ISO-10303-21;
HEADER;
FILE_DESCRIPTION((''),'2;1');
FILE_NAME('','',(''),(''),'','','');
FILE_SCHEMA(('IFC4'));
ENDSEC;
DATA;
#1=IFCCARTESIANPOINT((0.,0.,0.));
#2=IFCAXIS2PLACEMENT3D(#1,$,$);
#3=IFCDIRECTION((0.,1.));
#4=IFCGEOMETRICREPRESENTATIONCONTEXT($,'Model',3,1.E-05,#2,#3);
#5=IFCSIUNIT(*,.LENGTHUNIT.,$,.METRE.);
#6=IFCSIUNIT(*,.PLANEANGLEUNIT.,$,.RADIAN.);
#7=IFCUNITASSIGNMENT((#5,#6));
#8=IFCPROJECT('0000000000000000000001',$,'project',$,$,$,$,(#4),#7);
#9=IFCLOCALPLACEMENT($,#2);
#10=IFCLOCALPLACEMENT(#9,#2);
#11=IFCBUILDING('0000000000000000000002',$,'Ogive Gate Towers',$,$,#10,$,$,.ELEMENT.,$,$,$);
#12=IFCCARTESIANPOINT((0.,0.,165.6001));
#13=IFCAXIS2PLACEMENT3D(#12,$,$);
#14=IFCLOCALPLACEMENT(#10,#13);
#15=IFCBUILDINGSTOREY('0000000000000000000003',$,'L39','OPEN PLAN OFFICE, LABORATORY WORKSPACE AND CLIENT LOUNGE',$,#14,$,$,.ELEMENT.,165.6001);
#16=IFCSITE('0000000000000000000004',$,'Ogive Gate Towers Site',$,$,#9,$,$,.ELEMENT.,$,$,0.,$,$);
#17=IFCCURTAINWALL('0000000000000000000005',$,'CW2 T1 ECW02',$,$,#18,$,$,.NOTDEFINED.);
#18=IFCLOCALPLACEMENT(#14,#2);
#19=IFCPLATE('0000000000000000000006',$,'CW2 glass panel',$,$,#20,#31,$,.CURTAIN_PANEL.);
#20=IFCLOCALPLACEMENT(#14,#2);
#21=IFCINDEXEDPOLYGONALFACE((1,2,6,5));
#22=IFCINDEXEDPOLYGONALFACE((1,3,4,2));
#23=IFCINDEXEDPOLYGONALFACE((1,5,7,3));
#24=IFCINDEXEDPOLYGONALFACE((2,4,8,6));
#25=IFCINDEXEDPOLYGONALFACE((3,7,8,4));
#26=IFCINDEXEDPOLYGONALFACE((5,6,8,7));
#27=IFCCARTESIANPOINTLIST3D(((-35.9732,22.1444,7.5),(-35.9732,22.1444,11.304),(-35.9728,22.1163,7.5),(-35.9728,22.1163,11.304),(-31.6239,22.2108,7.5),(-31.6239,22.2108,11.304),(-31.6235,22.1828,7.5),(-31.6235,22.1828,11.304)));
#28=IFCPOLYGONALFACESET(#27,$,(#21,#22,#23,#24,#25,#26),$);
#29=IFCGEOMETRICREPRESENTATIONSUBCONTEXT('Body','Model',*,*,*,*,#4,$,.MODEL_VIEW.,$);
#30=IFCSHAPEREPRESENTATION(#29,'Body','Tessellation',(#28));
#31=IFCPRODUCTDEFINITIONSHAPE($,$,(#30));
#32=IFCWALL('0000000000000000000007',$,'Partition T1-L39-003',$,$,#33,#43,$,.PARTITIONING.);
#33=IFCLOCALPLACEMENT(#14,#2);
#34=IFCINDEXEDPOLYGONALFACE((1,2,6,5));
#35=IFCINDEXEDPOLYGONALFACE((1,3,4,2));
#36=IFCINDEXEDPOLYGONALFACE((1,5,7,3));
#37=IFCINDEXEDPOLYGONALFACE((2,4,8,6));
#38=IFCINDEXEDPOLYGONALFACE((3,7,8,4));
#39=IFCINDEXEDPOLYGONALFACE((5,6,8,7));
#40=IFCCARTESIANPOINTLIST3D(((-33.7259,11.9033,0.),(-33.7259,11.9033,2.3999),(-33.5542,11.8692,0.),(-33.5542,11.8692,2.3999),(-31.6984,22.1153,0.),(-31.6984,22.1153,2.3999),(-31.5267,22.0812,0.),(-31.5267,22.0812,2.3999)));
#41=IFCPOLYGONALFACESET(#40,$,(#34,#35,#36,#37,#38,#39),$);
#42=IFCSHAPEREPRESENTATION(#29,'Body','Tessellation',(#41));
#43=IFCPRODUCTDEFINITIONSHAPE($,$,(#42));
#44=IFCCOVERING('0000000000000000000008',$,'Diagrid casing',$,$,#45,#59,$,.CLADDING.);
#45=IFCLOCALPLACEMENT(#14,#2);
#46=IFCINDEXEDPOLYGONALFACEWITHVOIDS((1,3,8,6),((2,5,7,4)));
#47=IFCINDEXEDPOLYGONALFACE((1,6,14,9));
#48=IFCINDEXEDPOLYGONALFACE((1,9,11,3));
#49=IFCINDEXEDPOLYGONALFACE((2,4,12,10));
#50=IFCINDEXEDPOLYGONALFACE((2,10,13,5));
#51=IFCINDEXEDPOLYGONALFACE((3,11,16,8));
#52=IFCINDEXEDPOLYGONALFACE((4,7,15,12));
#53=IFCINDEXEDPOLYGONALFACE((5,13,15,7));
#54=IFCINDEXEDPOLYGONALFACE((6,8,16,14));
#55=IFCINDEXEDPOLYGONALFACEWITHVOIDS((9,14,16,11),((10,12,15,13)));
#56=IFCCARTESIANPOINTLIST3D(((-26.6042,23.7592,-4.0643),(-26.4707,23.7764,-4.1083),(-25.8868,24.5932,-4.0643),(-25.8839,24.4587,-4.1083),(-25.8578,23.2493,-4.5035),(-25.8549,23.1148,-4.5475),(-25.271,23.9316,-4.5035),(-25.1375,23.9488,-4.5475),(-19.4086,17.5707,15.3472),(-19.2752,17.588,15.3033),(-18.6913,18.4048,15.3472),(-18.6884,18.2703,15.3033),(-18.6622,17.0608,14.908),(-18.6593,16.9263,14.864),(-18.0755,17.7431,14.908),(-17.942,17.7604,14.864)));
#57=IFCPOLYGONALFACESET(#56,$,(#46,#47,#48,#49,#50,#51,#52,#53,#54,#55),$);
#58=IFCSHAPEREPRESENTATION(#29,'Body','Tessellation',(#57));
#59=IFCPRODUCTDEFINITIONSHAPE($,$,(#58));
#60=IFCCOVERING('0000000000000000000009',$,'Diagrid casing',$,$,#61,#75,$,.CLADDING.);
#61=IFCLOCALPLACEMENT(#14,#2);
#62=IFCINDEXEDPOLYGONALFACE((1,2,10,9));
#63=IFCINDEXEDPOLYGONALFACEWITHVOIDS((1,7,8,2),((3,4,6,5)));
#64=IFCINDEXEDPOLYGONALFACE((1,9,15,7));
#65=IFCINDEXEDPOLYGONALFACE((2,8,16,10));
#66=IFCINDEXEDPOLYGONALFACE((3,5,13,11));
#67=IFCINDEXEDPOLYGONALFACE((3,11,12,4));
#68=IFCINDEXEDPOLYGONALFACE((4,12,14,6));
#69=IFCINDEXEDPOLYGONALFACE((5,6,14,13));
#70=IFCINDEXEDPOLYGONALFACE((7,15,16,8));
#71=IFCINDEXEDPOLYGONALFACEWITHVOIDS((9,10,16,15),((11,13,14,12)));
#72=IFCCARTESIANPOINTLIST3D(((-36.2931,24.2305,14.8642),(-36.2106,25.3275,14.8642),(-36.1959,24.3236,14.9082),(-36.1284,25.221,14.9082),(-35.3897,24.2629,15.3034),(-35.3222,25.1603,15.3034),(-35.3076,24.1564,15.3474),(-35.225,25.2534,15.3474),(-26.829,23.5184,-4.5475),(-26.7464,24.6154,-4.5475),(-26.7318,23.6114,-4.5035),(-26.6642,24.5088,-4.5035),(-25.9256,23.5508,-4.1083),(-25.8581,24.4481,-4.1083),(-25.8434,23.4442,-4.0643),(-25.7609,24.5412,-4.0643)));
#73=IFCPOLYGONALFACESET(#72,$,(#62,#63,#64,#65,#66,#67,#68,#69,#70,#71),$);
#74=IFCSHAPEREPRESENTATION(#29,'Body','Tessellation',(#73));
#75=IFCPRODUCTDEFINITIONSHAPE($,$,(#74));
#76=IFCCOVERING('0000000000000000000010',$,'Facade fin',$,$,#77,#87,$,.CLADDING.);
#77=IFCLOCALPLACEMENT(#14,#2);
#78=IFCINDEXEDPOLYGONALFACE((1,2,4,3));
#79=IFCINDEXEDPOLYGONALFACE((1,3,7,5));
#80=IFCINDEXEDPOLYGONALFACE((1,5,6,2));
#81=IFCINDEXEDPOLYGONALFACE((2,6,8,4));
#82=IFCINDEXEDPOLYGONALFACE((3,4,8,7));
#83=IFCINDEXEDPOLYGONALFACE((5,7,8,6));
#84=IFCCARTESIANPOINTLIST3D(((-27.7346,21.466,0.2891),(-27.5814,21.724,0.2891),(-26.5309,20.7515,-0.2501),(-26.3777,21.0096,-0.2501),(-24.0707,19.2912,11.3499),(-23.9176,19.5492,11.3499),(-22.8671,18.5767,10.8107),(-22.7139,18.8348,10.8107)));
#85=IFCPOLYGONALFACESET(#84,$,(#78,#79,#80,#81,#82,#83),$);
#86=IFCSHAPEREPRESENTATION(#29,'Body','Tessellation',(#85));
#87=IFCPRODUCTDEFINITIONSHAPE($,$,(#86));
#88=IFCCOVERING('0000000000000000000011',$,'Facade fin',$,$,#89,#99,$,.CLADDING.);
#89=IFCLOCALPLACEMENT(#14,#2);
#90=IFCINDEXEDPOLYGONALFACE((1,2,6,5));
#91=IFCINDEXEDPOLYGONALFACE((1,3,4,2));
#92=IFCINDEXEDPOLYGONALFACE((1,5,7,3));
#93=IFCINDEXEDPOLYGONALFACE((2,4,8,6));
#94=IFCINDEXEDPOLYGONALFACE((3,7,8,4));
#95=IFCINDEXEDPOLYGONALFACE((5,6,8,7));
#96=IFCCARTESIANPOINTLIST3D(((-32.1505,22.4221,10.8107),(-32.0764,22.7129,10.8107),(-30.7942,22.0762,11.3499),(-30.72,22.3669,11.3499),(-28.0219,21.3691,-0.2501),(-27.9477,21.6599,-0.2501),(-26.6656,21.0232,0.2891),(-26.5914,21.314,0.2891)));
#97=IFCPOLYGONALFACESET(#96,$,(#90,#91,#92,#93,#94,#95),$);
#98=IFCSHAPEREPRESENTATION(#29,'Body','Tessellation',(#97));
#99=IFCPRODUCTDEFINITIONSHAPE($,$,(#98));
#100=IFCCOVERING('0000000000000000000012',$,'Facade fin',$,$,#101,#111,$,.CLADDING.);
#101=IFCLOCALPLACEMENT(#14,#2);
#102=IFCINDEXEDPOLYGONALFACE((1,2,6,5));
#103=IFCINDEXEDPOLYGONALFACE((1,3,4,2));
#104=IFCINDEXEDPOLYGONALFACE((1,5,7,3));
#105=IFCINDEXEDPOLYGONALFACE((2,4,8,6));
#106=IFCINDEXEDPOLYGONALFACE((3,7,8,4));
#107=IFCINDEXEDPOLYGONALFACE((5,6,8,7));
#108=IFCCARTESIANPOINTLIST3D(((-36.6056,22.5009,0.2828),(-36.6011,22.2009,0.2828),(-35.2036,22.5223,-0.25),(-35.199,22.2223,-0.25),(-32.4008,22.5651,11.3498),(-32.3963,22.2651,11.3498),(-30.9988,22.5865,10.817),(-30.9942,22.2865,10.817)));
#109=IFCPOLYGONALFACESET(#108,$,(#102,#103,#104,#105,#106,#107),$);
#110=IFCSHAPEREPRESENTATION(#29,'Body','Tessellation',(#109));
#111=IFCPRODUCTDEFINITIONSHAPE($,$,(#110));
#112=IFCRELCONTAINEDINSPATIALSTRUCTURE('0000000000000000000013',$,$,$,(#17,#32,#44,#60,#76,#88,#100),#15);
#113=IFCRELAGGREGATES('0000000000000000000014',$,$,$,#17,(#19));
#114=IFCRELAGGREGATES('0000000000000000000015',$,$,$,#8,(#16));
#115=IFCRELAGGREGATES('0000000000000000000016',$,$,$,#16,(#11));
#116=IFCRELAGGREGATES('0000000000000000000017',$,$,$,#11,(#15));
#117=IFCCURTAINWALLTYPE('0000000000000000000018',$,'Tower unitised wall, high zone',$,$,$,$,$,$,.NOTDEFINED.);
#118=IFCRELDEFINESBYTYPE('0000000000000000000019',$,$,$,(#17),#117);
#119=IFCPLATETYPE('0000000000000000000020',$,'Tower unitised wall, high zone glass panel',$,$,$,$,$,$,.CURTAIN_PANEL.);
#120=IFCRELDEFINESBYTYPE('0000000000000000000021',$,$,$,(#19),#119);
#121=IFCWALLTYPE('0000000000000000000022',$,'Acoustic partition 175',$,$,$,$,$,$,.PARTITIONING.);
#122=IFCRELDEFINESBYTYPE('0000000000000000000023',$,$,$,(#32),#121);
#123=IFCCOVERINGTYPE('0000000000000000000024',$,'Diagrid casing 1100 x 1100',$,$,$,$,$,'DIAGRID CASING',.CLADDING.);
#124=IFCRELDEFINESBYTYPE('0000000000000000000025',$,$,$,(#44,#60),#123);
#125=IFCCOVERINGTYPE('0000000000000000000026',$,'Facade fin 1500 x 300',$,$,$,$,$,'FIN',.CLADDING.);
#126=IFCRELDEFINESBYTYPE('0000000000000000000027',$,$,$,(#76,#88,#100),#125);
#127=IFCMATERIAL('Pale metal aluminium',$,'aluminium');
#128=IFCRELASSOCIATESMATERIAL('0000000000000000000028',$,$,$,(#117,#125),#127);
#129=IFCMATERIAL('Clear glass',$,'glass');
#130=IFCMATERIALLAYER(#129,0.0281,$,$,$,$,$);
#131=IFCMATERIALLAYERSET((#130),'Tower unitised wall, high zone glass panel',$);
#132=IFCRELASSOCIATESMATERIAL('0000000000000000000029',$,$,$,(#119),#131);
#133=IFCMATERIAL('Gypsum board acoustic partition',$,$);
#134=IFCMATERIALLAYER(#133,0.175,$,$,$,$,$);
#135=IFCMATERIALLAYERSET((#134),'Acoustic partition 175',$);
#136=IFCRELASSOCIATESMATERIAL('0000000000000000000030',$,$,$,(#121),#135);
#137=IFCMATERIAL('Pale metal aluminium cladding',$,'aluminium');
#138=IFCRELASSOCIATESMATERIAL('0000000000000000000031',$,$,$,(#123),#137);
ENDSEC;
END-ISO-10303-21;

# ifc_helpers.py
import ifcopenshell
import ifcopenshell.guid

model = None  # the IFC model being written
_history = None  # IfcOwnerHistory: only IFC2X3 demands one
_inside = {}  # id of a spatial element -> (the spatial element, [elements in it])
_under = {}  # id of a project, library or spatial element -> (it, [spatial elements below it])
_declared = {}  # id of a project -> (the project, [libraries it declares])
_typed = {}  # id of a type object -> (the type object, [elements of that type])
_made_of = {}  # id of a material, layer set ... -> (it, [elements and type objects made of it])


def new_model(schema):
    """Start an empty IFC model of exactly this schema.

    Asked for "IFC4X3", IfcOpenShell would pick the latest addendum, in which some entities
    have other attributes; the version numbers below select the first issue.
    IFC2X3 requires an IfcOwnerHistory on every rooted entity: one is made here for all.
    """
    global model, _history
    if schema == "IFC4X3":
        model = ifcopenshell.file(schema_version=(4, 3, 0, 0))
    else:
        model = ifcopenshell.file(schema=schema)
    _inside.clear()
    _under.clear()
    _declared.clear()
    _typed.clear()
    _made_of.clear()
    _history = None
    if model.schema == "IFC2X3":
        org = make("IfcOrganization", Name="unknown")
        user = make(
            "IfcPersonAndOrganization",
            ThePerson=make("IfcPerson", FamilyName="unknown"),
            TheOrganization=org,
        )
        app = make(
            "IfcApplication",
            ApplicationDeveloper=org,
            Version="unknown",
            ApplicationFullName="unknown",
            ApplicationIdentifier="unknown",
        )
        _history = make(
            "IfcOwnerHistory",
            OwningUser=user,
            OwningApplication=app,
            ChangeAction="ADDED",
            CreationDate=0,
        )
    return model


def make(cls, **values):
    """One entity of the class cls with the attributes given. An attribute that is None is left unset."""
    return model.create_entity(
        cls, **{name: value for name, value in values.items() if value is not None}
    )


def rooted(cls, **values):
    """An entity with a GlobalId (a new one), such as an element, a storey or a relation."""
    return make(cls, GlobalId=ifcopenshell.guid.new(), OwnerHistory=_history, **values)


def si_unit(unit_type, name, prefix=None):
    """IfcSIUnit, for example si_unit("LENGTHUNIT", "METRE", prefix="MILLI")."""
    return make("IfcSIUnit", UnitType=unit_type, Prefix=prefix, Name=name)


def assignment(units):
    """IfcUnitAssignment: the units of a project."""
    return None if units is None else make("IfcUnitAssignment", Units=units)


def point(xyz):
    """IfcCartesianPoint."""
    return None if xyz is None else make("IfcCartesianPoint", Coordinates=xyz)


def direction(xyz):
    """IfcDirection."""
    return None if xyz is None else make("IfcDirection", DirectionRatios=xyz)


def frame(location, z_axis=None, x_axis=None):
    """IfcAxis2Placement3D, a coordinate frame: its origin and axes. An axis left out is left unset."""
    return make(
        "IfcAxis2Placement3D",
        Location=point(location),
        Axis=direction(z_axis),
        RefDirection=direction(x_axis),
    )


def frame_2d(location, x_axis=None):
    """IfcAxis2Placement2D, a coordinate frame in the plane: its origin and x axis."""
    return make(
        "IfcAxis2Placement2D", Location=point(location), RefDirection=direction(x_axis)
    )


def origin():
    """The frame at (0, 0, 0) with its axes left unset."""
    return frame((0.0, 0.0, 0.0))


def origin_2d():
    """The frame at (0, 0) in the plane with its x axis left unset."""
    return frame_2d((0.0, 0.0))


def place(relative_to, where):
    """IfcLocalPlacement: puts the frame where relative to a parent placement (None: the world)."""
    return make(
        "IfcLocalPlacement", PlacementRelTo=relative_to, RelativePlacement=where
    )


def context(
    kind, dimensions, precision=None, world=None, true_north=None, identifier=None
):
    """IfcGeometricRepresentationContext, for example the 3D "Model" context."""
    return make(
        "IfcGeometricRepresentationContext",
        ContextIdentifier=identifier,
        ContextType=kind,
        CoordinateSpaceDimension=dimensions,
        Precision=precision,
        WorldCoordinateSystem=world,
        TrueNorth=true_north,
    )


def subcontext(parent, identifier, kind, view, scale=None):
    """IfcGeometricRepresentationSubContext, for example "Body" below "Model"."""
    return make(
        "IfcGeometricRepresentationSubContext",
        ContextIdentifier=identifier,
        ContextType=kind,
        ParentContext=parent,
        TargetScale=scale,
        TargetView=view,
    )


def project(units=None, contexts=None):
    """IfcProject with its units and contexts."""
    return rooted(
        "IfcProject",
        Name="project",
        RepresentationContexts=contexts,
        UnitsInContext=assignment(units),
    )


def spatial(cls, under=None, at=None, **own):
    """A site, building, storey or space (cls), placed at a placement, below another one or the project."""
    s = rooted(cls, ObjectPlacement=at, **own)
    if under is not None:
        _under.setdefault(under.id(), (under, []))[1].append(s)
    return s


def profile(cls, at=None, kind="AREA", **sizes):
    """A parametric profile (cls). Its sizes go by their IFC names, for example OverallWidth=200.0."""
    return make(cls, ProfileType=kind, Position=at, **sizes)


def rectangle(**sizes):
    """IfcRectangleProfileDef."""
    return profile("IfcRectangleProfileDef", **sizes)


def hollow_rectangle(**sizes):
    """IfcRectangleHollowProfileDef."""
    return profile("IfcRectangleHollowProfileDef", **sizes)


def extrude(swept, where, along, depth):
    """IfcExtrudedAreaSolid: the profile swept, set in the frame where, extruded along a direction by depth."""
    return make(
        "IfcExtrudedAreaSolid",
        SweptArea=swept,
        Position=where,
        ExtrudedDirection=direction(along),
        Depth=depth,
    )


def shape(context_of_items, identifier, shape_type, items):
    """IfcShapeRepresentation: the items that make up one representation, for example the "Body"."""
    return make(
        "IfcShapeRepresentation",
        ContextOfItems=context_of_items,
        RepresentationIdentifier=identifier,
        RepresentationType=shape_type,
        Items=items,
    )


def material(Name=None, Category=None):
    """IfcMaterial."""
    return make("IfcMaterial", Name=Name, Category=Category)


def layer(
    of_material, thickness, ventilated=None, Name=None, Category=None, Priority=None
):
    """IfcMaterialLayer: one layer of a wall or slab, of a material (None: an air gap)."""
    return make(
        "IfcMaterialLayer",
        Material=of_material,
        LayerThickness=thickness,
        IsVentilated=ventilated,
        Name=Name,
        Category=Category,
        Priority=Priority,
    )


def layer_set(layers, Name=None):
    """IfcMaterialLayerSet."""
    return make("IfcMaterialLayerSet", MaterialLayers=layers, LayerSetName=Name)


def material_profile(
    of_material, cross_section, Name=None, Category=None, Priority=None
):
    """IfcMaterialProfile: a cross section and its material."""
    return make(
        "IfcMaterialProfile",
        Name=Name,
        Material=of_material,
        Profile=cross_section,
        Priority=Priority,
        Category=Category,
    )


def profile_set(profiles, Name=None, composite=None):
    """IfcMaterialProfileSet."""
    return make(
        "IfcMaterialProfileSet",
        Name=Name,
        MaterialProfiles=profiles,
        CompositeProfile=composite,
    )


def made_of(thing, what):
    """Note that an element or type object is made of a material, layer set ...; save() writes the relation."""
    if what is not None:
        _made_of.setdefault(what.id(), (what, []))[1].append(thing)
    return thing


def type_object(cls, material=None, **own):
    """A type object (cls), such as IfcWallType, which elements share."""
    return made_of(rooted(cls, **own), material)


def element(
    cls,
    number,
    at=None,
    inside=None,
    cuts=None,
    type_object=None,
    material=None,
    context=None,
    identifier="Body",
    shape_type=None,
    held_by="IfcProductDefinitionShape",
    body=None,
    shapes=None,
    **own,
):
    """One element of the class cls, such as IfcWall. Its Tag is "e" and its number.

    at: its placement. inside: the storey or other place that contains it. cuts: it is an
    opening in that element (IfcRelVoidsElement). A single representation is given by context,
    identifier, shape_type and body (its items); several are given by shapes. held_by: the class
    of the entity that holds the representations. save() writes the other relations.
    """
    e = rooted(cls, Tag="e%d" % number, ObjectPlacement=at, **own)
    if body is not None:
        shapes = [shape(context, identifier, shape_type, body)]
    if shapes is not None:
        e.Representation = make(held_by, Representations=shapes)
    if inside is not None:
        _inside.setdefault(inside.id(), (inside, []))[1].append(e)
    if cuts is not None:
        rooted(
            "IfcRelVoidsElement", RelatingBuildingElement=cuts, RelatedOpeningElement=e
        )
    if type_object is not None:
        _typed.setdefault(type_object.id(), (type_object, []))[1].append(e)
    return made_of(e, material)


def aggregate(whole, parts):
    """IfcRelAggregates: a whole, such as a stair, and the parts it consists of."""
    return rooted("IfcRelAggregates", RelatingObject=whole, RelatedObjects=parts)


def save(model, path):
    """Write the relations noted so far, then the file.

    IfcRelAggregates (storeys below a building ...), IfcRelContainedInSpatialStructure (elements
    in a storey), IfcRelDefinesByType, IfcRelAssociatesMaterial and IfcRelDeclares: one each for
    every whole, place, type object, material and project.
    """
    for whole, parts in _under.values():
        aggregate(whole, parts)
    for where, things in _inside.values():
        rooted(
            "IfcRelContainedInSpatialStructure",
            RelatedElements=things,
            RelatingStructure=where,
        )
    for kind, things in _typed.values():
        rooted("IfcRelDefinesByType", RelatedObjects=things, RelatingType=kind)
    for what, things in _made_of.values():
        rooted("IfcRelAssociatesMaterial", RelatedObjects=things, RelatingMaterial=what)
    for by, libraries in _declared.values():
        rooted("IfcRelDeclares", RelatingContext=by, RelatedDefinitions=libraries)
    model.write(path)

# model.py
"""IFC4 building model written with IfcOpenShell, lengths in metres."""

from ifc_helpers import new_model, si_unit, direction, frame, frame_2d, origin, origin_2d, place, context, subcontext, project, spatial, rectangle, hollow_rectangle, extrude, material, layer, layer_set, material_profile, profile_set, type_object, element, aggregate, save


model = new_model("IFC4")

# Units and contexts
model_context = context("Model", 3, precision=1e-05, world=origin(), true_north=direction((0.0, 1.0)))
body_context = subcontext(model_context, "Body", "Model", "MODEL_VIEW")
ifc_project = project(units=[si_unit("LENGTHUNIT", "METRE"), si_unit("PLANEANGLEUNIT", "RADIAN")], contexts=[model_context])

# Site, building, storey
site_placement = place(None, origin())
site = spatial("IfcSite", under=ifc_project, at=site_placement, Name="Ogive Gate Towers Site", CompositionType="ELEMENT", RefElevation=0.0)
building_placement = place(site_placement, origin())
building = spatial("IfcBuilding", under=site, at=building_placement, Name="Ogive Gate Towers", CompositionType="ELEMENT")
storey_placement = place(building_placement, frame((0.0, 0.0, 165.6001)))
storey = spatial("IfcBuildingStorey", under=building, at=storey_placement, Name="L39", Description="OPEN PLAN OFFICE, LABORATORY WORKSPACE AND CLIENT LOUNGE", CompositionType="ELEMENT", Elevation=165.6001)

# Curtain wall, plate
ifc_material_1 = material(Name="Pale metal aluminium", Category="aluminium")
curtain_wall_type = type_object("IfcCurtainWallType", Name="Tower unitised wall, high zone", PredefinedType="NOTDEFINED", material=ifc_material_1)
curtain_wall_placement = place(storey_placement, origin())
curtain_wall = element("IfcCurtainWall", 1, at=curtain_wall_placement, inside=storey, type_object=curtain_wall_type, Name="CW2 T1 ECW02", PredefinedType="NOTDEFINED")
ifc_material_2 = material(Name="Clear glass", Category="glass")
ifc_layer_1 = layer(ifc_material_2, 0.0281)
ifc_layer_set_1 = layer_set([ifc_layer_1], Name="Tower unitised wall, high zone glass panel")
plate_type = type_object("IfcPlateType", Name="Tower unitised wall, high zone glass panel", PredefinedType="CURTAIN_PANEL", material=ifc_layer_set_1)
plate_1_placement = place(storey_placement, frame((-33.7983, 22.1636, 7.5), z_axis=(0.0, 0.0, 1.0), x_axis=(-0.999883, -0.015271, 0.0)))
plate_1 = element("IfcPlate", 2, at=plate_1_placement, type_object=plate_type, Name="CW2 glass panel", PredefinedType="CURTAIN_PANEL", context=body_context, shape_type="SweptSolid", body=[
    extrude(rectangle(XDim=4.3499, YDim=0.0281, at=origin_2d()), origin(), (0.0, 0.0, 1.0), 3.804),
])
aggregate(curtain_wall, [plate_1])

# Wall
ifc_material_3 = material(Name="Gypsum board acoustic partition")
ifc_layer_2 = layer(ifc_material_3, 0.175)
ifc_layer_set_2 = layer_set([ifc_layer_2], Name="Acoustic partition 175")
wall_type = type_object("IfcWallType", Name="Acoustic partition 175", PredefinedType="PARTITIONING", material=ifc_layer_set_2)
wall_placement = place(storey_placement, frame((-31.6125, 22.0981, 0.0), z_axis=(0.0, 0.0, 1.0), x_axis=(-0.194745, -0.980854, 0.0)))
element("IfcWall", 3, at=wall_placement, inside=storey, type_object=wall_type, Name="Partition T1-L39-003", PredefinedType="PARTITIONING", context=body_context, shape_type="SweptSolid", body=[
    extrude(rectangle(XDim=10.4114, YDim=0.175, at=frame_2d((5.2056, 0.0))), origin(), (0.0, 0.0, 1.0), 2.3999),
])

# Coverings
ifc_material_4 = material(Name="Pale metal aluminium cladding", Category="aluminium")
ifc_material_profile_1 = material_profile(ifc_material_4, hollow_rectangle(XDim=1.1001, YDim=1.1001, WallThickness=0.1001, at=origin_2d()), Name="1100 x 1100 pale metal casing")
ifc_profile_set_1 = profile_set([ifc_material_profile_1], Name="Pale metal aluminium cladding")
covering_type_1 = type_object("IfcCoveringType", Name="Diagrid casing 1100 x 1100", ElementType="DIAGRID CASING", PredefinedType="CLADDING", material=ifc_profile_set_1)
covering_1_placement = place(storey_placement, frame((-25.8708, 23.854, -4.3059), z_axis=(0.333012, -0.286404, 0.898374), x_axis=(0.652057, 0.75817, 0.0)))
element("IfcCovering", 4, at=covering_1_placement, inside=storey, type_object=covering_type_1, Name="Diagrid casing", PredefinedType="CLADDING", context=body_context, shape_type="SweptSolid", body=[
    extrude(hollow_rectangle(XDim=1.1001, YDim=1.1001, WallThickness=0.1001, at=origin_2d()), origin(), (0.0, 0.0, 1.0), 21.6074),
])
covering_2_placement = place(storey_placement, frame((-26.2949, 24.0298, -4.3059), z_axis=(-0.438, 0.032959, 0.898371), x_axis=(-0.075036, -0.997181, 0.0)))
element("IfcCovering", 5, at=covering_2_placement, inside=storey, type_object=covering_type_1, Name="Diagrid casing", PredefinedType="CLADDING", context=body_context, shape_type="SweptSolid", body=[
    extrude(hollow_rectangle(XDim=1.1001, YDim=1.1001, WallThickness=0.1001, at=origin_2d()), origin(), (0.0, 0.0, 1.0), 21.6077),
])
ifc_material_profile_2 = material_profile(ifc_material_1, rectangle(XDim=0.3, YDim=1.5, at=origin_2d()), Name="1500 x 300 pale metal aluminium")
ifc_profile_set_2 = profile_set([ifc_material_profile_2], Name="Pale metal aluminium")
covering_type_2 = type_object("IfcCoveringType", Name="Facade fin 1500 x 300", ElementType="FIN", PredefinedType="CLADDING", material=ifc_profile_set_2)
for number, where, z_axis, x_axis, name in (
    (6, (-27.0562, 21.2378, 0.0195), (0.309104, -0.183481, 0.933161), (0.510437, 0.859915, 0.0), "Facade fin"),
    (7, (-27.3066, 21.3416, 0.0195), (-0.34832, 0.088836, 0.933157), (-0.24713, -0.968982, 0.0), "Facade fin"),
):
    element("IfcCovering", number, at=place(storey_placement, frame(where, z_axis=z_axis, x_axis=x_axis)), inside=storey, type_object=covering_type_2, Name=name, PredefinedType="CLADDING", context=body_context, shape_type="SweptSolid", body=[
        extrude(rectangle(XDim=0.3, YDim=1.5, at=origin_2d()), origin(), (0.0, 0.0, 1.0), 11.853),
    ])
covering_3_placement = place(storey_placement, frame((-35.9023, 22.3616, 0.0164), z_axis=(0.355162, 0.005423, 0.934789), x_axis=(-0.015268, 0.999883, 0.0)))
element("IfcCovering", 8, at=covering_3_placement, inside=storey, type_object=covering_type_2, Name="Facade fin", PredefinedType="CLADDING", context=body_context, shape_type="SweptSolid", body=[
    extrude(rectangle(XDim=0.3, YDim=1.5, at=origin_2d()), origin(), (0.0, 0.0, 1.0), 11.8391),
])

save(model, "model.ifc")
